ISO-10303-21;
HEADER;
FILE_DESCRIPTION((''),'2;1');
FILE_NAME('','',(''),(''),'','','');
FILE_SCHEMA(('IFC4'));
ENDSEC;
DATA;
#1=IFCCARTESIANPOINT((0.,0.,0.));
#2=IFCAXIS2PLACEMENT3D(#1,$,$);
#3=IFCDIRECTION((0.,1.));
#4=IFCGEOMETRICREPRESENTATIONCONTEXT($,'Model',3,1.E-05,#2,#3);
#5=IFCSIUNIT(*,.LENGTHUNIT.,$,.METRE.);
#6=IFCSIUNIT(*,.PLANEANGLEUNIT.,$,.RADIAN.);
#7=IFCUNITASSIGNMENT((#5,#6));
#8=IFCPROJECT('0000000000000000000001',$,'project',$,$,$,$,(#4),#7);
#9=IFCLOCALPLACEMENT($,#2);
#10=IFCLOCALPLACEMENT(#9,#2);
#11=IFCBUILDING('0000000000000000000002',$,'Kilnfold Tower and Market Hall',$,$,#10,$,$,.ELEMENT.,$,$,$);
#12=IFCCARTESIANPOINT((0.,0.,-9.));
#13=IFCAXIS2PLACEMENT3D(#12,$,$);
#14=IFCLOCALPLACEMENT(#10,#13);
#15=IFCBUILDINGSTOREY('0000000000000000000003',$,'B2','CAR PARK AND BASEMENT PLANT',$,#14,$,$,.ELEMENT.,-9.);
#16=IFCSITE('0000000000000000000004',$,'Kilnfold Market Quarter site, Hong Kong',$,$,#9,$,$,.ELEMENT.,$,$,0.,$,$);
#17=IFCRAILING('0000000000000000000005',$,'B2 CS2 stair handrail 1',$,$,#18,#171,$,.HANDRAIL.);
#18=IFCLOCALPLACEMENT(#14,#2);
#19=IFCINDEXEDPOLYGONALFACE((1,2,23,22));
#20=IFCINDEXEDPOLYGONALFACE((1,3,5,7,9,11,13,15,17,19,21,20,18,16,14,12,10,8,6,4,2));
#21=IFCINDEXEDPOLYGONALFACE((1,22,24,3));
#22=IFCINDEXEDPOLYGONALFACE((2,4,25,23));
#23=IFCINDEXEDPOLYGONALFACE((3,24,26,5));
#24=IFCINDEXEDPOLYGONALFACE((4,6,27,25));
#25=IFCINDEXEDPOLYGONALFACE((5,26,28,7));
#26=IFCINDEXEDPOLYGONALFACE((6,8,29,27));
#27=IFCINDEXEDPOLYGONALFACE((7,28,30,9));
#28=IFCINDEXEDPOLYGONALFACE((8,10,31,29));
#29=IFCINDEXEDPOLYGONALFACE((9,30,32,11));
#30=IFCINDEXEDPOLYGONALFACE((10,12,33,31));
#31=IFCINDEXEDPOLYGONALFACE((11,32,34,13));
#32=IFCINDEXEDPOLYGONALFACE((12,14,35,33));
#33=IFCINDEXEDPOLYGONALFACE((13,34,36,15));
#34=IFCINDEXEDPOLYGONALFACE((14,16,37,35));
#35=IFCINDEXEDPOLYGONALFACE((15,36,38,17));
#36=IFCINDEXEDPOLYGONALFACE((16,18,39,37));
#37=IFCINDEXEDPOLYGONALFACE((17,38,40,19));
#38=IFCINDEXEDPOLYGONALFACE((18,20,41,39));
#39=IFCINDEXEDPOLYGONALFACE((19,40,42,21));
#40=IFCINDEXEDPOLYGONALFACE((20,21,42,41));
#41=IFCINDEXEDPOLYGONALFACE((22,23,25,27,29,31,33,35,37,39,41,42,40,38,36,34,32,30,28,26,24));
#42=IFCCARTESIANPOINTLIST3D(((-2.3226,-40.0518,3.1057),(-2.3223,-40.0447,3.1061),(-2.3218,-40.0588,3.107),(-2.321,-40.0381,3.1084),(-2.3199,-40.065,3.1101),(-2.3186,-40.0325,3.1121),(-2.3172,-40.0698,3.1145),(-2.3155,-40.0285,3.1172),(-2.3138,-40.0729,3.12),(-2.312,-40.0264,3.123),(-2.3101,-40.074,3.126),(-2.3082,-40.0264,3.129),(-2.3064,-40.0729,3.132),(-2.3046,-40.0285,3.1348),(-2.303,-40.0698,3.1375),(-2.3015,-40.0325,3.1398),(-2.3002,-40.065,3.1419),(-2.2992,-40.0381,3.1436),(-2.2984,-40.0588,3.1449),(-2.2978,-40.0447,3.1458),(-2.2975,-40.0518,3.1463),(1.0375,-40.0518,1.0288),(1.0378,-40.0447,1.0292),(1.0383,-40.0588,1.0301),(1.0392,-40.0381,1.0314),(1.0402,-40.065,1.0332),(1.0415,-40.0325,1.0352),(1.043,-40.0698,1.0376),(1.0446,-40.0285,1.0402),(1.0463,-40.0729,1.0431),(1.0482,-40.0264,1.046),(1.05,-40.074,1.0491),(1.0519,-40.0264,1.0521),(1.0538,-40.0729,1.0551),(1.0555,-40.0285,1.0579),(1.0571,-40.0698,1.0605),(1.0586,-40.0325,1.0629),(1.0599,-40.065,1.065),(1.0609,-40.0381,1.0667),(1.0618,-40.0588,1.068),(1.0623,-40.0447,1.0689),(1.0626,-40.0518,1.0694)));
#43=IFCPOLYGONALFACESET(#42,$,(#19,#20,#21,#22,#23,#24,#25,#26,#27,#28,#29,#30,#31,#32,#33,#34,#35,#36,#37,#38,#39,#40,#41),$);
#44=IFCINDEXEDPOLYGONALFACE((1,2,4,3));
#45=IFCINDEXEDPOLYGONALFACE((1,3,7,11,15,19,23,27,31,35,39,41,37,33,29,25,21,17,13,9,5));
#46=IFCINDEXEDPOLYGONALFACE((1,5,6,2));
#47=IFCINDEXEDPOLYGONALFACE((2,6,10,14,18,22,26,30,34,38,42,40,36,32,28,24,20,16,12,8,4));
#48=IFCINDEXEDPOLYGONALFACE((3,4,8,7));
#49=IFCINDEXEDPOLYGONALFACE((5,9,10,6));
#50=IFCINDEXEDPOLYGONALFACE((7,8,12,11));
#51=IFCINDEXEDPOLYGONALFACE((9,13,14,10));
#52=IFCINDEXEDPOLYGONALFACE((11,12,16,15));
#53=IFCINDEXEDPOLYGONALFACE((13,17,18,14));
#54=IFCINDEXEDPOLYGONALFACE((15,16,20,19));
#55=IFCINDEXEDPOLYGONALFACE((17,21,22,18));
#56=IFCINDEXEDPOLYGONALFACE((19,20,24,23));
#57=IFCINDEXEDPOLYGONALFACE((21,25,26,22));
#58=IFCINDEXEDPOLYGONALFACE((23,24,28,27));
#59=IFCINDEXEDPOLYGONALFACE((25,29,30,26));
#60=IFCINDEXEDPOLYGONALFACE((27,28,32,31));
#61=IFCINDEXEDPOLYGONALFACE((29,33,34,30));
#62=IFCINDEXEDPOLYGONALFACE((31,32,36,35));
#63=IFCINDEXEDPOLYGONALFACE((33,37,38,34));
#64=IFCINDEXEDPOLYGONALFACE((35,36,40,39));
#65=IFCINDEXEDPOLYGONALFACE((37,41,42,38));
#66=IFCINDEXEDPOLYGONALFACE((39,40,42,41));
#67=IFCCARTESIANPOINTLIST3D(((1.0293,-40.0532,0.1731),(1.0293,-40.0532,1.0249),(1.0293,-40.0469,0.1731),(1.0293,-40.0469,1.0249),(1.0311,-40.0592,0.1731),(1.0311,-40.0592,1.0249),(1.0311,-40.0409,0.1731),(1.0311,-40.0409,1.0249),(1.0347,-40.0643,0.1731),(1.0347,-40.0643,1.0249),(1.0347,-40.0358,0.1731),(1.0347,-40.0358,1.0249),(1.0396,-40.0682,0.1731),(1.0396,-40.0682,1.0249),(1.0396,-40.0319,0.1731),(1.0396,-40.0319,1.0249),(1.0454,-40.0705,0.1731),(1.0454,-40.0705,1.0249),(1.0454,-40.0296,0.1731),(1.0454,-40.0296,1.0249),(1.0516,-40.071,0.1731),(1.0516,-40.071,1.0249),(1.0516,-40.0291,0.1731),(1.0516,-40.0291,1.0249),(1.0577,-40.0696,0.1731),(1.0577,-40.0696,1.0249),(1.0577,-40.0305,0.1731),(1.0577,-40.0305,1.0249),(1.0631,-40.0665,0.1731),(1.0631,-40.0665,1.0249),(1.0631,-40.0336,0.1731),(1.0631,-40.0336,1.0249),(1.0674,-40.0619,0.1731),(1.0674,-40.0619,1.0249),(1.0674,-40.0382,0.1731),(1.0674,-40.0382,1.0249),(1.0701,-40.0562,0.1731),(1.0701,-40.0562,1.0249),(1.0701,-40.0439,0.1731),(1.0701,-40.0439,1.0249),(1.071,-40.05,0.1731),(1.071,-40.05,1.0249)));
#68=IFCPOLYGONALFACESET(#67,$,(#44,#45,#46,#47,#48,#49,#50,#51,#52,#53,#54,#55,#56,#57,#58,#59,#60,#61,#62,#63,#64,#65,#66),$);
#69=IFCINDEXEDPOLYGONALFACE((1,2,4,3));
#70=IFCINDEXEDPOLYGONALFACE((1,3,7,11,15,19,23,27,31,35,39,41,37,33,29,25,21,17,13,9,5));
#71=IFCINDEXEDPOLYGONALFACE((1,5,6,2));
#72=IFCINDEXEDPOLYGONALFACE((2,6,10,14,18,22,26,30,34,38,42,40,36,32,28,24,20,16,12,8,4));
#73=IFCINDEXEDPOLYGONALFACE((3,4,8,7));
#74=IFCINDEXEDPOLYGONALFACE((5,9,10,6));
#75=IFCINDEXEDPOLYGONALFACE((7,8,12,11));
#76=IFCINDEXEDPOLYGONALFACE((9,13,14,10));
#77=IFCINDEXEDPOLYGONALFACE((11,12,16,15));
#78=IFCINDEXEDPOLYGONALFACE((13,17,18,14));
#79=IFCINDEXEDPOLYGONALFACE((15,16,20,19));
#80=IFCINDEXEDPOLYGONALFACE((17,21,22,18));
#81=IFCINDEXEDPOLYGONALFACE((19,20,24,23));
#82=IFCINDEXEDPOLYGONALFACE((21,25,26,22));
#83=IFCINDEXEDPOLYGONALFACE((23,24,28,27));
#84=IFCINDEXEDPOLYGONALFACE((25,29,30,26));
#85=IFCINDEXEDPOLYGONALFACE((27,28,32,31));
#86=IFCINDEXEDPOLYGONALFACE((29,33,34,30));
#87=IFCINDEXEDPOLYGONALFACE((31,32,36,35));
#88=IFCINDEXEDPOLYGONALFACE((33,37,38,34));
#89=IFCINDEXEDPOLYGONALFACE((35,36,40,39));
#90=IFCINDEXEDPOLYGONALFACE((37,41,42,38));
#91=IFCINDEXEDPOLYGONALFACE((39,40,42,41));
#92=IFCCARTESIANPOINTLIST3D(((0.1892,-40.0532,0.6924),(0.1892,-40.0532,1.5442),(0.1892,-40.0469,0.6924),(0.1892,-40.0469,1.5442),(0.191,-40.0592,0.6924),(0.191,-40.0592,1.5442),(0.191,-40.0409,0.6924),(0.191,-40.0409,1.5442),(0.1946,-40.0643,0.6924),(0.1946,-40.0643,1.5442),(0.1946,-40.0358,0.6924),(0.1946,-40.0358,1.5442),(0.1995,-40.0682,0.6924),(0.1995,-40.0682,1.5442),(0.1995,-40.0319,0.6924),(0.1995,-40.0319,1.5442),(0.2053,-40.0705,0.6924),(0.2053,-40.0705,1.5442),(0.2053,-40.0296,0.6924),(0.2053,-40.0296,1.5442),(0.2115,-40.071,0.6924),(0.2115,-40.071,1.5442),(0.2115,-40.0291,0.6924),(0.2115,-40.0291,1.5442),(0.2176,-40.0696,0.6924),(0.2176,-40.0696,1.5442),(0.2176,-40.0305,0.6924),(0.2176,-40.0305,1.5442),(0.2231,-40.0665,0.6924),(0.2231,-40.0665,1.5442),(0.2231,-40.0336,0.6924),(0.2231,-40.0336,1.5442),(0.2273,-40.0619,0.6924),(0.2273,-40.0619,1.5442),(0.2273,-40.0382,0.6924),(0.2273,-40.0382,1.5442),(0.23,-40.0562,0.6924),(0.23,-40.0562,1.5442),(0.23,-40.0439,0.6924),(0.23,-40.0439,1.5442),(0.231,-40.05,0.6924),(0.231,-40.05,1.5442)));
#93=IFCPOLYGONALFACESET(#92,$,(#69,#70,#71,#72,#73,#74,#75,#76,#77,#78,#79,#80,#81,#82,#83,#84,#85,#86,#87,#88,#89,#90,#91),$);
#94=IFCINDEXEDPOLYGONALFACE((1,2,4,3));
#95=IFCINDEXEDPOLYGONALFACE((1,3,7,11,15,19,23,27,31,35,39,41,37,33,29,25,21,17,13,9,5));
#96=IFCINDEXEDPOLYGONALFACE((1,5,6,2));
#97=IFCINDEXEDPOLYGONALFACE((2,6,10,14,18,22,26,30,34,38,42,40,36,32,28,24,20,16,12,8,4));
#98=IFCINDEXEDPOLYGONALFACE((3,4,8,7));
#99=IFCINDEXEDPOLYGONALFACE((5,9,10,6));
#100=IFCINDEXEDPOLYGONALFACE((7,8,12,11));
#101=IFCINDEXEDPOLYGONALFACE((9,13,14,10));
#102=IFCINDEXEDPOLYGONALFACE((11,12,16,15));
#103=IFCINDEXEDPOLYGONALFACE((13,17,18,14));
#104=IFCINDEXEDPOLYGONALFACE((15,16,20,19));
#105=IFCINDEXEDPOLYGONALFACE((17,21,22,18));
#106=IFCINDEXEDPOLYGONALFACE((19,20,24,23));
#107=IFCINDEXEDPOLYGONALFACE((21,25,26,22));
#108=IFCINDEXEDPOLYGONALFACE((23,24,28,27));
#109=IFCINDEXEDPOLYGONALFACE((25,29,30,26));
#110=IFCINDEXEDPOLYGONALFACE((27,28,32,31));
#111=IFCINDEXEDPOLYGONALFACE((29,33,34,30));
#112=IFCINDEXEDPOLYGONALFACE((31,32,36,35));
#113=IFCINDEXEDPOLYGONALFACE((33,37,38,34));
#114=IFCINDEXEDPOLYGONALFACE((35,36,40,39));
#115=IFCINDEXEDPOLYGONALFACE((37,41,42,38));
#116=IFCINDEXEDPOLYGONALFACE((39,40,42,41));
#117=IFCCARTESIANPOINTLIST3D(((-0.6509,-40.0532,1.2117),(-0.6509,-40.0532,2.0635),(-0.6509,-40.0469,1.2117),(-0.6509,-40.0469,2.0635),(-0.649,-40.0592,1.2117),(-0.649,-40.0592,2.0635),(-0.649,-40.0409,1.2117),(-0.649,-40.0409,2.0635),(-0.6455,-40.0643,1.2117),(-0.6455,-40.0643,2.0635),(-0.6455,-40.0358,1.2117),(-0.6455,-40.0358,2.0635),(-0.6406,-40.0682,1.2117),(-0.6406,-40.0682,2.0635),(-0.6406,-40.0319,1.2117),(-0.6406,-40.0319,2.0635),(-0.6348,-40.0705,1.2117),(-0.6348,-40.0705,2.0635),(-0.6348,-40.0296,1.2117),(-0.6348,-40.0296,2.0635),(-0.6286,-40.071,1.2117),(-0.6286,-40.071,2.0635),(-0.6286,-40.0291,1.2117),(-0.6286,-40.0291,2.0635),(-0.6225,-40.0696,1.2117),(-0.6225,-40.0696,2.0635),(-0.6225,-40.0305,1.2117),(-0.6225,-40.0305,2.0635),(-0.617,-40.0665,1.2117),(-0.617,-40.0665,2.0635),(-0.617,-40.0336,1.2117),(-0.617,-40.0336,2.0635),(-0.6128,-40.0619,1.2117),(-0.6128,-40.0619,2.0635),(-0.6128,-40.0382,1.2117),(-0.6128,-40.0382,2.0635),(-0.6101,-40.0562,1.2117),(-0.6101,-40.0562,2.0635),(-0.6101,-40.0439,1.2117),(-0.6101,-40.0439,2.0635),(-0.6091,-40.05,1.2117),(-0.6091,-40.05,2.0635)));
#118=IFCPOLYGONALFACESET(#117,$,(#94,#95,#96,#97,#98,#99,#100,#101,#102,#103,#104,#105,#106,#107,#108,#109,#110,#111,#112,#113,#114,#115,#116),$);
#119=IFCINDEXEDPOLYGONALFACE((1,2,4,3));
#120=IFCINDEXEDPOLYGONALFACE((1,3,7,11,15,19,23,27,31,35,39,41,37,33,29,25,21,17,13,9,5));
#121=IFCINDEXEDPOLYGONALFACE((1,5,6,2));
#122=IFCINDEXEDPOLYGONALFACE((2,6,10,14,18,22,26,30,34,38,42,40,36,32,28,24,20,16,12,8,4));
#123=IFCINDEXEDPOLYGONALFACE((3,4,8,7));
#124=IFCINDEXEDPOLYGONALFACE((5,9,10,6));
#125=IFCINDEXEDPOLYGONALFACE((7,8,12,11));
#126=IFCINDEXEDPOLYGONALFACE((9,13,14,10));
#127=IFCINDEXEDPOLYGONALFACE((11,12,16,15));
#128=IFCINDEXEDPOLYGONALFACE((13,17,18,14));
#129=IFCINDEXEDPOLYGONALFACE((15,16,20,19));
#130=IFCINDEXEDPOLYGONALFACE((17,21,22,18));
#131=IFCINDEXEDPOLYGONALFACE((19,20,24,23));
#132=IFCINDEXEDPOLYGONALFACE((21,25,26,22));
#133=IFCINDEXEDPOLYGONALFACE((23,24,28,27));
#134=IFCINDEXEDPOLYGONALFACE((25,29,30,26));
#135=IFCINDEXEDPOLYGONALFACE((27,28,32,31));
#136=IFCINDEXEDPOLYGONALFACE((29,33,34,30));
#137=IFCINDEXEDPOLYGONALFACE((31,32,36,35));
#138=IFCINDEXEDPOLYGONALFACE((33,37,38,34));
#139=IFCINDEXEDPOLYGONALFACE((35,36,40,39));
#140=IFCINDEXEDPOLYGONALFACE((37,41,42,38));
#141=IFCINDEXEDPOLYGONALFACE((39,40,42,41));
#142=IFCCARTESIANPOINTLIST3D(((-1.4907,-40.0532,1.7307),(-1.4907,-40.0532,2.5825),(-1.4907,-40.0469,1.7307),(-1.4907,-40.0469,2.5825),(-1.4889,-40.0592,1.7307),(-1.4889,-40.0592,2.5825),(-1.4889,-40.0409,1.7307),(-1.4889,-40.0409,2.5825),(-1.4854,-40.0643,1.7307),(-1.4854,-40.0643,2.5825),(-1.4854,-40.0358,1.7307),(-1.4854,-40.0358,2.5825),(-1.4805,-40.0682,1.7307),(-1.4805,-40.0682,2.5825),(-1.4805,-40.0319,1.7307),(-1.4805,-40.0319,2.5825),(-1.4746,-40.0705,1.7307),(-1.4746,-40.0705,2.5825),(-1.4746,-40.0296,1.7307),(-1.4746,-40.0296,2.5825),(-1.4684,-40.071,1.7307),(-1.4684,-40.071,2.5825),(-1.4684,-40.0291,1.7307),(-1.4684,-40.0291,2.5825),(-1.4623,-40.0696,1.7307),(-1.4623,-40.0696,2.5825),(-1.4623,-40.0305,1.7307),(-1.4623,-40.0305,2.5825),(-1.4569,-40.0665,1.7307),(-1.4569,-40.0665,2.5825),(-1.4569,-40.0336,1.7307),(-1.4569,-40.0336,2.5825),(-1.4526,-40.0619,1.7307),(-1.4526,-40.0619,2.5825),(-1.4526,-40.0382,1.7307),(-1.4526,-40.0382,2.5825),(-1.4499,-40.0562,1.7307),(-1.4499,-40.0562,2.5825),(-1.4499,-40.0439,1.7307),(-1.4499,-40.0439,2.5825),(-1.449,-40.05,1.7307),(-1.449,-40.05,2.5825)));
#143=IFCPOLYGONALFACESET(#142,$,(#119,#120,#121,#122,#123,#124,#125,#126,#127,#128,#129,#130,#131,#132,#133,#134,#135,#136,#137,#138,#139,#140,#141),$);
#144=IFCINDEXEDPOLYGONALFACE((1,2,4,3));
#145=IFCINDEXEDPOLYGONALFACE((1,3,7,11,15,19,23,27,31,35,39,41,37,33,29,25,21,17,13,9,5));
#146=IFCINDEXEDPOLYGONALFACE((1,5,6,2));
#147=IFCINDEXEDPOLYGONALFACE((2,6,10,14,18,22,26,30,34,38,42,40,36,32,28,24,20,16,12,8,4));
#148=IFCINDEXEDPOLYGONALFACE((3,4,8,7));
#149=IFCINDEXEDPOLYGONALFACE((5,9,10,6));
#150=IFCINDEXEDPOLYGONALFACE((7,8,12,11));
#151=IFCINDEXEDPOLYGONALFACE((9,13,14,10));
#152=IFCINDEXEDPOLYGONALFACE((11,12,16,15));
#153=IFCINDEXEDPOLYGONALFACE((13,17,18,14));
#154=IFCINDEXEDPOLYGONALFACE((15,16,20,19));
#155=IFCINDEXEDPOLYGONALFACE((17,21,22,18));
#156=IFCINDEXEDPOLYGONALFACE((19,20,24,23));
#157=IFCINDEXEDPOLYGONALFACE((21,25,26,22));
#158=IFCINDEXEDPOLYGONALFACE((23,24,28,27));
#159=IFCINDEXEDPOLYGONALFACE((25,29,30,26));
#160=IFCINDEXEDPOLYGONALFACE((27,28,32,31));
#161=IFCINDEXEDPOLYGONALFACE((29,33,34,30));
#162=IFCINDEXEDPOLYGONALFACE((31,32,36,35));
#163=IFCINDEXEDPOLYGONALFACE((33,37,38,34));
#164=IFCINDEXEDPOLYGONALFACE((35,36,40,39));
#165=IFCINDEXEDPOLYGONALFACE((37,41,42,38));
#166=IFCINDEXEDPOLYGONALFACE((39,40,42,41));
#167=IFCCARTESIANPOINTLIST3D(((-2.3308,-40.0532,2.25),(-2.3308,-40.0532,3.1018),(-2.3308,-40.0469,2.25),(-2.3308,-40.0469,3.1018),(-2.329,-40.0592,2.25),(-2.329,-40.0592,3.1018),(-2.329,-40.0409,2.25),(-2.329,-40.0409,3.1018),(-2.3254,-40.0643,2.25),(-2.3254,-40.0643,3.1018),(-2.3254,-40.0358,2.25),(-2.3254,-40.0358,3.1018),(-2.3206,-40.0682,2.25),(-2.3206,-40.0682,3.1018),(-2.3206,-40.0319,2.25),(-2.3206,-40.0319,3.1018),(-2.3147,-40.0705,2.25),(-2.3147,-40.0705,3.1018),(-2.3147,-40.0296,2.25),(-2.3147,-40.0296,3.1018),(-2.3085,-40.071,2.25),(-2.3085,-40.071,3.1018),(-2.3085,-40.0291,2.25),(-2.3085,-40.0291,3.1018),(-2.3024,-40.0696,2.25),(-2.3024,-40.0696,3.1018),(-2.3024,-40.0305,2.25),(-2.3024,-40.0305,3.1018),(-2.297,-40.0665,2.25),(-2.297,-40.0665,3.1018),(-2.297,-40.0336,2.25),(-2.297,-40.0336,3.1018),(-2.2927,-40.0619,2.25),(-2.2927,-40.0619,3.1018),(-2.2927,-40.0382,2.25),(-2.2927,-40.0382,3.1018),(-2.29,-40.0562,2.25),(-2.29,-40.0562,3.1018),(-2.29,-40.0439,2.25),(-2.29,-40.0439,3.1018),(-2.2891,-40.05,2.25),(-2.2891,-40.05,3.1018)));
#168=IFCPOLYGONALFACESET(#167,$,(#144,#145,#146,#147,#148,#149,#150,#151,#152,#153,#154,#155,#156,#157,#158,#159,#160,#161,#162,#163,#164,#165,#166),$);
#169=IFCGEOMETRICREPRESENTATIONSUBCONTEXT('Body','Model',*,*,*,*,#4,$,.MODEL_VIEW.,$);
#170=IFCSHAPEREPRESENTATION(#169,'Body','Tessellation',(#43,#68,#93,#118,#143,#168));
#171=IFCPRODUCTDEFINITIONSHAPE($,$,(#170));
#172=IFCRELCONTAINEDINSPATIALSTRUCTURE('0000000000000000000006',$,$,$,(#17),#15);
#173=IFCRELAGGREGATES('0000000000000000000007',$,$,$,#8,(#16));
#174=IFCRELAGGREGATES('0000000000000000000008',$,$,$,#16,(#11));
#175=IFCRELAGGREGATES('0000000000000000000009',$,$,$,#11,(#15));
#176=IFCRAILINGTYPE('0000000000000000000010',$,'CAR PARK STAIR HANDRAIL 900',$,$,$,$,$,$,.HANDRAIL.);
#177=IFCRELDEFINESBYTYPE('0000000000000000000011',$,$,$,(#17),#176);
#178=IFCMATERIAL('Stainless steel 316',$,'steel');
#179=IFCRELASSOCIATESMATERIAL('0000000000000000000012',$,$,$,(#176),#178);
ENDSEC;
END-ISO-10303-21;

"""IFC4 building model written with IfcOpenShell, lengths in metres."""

from ifc_helpers import new_model, si_unit, direction, frame, origin, origin_2d, place, context, subcontext, project, spatial, circle, extrude, material, type_object, element, save


model = new_model("IFC4")

# Units and contexts
model_context = context("Model", 3, precision=1e-05, world=origin(), true_north=direction((0.0, 1.0)))
body_context = subcontext(model_context, "Body", "Model", "MODEL_VIEW")
ifc_project = project(units=[si_unit("LENGTHUNIT", "METRE"), si_unit("PLANEANGLEUNIT", "RADIAN")], contexts=[model_context])

# Site, building, storey
site_placement = place(None, origin())
site = spatial("IfcSite", under=ifc_project, at=site_placement, Name="Kilnfold Market Quarter site, Hong Kong", CompositionType="ELEMENT", RefElevation=0.0)
building_placement = place(site_placement, origin())
building = spatial("IfcBuilding", under=site, at=building_placement, Name="Kilnfold Tower and Market Hall", CompositionType="ELEMENT")
storey_placement = place(building_placement, frame((0.0, 0.0, -9.0)))
storey = spatial("IfcBuildingStorey", under=building, at=storey_placement, Name="B2", Description="CAR PARK AND BASEMENT PLANT", CompositionType="ELEMENT", Elevation=-9.0)

# Railing
ifc_material_1 = material(Name="Stainless steel 316", Category="steel")
railing_type_1 = type_object("IfcRailingType", Name="CAR PARK STAIR HANDRAIL 900", PredefinedType="HANDRAIL", material=ifc_material_1)
railing_1_placement = place(storey_placement, frame((1.05, -40.05, 0.1731)))
element("IfcRailing", 1, at=railing_1_placement, inside=storey, type_object=railing_type_1, Name="B2 CS2 stair handrail 1", PredefinedType="HANDRAIL", context=body_context, shape_type="SweptSolid", body=[
    extrude(circle(Radius=0.0239, at=origin_2d()), frame((0.0, 0.0, 0.876), z_axis=(-0.850623, 0.0, 0.525776), x_axis=(0.0, -1.0, 0.0)), (0.0, 0.0, 1.0), 3.9502),
    extrude(circle(Radius=0.021, at=origin_2d()), origin(), (0.0, 0.0, 1.0), 0.8518),
    extrude(circle(Radius=0.021, at=origin_2d()), frame((-0.8401, 0.0, 0.5193)), (0.0, 0.0, 1.0), 0.8518),
    extrude(circle(Radius=0.021, at=origin_2d()), frame((-1.6802, 0.0, 1.0386)), (0.0, 0.0, 1.0), 0.8518),
    extrude(circle(Radius=0.021, at=origin_2d()), frame((-2.52, 0.0, 1.5576)), (0.0, 0.0, 1.0), 0.8518),
    extrude(circle(Radius=0.021, at=origin_2d()), frame((-3.3601, 0.0, 2.0769)), (0.0, 0.0, 1.0), 0.8518),
])

save(model, "model.ifc")
